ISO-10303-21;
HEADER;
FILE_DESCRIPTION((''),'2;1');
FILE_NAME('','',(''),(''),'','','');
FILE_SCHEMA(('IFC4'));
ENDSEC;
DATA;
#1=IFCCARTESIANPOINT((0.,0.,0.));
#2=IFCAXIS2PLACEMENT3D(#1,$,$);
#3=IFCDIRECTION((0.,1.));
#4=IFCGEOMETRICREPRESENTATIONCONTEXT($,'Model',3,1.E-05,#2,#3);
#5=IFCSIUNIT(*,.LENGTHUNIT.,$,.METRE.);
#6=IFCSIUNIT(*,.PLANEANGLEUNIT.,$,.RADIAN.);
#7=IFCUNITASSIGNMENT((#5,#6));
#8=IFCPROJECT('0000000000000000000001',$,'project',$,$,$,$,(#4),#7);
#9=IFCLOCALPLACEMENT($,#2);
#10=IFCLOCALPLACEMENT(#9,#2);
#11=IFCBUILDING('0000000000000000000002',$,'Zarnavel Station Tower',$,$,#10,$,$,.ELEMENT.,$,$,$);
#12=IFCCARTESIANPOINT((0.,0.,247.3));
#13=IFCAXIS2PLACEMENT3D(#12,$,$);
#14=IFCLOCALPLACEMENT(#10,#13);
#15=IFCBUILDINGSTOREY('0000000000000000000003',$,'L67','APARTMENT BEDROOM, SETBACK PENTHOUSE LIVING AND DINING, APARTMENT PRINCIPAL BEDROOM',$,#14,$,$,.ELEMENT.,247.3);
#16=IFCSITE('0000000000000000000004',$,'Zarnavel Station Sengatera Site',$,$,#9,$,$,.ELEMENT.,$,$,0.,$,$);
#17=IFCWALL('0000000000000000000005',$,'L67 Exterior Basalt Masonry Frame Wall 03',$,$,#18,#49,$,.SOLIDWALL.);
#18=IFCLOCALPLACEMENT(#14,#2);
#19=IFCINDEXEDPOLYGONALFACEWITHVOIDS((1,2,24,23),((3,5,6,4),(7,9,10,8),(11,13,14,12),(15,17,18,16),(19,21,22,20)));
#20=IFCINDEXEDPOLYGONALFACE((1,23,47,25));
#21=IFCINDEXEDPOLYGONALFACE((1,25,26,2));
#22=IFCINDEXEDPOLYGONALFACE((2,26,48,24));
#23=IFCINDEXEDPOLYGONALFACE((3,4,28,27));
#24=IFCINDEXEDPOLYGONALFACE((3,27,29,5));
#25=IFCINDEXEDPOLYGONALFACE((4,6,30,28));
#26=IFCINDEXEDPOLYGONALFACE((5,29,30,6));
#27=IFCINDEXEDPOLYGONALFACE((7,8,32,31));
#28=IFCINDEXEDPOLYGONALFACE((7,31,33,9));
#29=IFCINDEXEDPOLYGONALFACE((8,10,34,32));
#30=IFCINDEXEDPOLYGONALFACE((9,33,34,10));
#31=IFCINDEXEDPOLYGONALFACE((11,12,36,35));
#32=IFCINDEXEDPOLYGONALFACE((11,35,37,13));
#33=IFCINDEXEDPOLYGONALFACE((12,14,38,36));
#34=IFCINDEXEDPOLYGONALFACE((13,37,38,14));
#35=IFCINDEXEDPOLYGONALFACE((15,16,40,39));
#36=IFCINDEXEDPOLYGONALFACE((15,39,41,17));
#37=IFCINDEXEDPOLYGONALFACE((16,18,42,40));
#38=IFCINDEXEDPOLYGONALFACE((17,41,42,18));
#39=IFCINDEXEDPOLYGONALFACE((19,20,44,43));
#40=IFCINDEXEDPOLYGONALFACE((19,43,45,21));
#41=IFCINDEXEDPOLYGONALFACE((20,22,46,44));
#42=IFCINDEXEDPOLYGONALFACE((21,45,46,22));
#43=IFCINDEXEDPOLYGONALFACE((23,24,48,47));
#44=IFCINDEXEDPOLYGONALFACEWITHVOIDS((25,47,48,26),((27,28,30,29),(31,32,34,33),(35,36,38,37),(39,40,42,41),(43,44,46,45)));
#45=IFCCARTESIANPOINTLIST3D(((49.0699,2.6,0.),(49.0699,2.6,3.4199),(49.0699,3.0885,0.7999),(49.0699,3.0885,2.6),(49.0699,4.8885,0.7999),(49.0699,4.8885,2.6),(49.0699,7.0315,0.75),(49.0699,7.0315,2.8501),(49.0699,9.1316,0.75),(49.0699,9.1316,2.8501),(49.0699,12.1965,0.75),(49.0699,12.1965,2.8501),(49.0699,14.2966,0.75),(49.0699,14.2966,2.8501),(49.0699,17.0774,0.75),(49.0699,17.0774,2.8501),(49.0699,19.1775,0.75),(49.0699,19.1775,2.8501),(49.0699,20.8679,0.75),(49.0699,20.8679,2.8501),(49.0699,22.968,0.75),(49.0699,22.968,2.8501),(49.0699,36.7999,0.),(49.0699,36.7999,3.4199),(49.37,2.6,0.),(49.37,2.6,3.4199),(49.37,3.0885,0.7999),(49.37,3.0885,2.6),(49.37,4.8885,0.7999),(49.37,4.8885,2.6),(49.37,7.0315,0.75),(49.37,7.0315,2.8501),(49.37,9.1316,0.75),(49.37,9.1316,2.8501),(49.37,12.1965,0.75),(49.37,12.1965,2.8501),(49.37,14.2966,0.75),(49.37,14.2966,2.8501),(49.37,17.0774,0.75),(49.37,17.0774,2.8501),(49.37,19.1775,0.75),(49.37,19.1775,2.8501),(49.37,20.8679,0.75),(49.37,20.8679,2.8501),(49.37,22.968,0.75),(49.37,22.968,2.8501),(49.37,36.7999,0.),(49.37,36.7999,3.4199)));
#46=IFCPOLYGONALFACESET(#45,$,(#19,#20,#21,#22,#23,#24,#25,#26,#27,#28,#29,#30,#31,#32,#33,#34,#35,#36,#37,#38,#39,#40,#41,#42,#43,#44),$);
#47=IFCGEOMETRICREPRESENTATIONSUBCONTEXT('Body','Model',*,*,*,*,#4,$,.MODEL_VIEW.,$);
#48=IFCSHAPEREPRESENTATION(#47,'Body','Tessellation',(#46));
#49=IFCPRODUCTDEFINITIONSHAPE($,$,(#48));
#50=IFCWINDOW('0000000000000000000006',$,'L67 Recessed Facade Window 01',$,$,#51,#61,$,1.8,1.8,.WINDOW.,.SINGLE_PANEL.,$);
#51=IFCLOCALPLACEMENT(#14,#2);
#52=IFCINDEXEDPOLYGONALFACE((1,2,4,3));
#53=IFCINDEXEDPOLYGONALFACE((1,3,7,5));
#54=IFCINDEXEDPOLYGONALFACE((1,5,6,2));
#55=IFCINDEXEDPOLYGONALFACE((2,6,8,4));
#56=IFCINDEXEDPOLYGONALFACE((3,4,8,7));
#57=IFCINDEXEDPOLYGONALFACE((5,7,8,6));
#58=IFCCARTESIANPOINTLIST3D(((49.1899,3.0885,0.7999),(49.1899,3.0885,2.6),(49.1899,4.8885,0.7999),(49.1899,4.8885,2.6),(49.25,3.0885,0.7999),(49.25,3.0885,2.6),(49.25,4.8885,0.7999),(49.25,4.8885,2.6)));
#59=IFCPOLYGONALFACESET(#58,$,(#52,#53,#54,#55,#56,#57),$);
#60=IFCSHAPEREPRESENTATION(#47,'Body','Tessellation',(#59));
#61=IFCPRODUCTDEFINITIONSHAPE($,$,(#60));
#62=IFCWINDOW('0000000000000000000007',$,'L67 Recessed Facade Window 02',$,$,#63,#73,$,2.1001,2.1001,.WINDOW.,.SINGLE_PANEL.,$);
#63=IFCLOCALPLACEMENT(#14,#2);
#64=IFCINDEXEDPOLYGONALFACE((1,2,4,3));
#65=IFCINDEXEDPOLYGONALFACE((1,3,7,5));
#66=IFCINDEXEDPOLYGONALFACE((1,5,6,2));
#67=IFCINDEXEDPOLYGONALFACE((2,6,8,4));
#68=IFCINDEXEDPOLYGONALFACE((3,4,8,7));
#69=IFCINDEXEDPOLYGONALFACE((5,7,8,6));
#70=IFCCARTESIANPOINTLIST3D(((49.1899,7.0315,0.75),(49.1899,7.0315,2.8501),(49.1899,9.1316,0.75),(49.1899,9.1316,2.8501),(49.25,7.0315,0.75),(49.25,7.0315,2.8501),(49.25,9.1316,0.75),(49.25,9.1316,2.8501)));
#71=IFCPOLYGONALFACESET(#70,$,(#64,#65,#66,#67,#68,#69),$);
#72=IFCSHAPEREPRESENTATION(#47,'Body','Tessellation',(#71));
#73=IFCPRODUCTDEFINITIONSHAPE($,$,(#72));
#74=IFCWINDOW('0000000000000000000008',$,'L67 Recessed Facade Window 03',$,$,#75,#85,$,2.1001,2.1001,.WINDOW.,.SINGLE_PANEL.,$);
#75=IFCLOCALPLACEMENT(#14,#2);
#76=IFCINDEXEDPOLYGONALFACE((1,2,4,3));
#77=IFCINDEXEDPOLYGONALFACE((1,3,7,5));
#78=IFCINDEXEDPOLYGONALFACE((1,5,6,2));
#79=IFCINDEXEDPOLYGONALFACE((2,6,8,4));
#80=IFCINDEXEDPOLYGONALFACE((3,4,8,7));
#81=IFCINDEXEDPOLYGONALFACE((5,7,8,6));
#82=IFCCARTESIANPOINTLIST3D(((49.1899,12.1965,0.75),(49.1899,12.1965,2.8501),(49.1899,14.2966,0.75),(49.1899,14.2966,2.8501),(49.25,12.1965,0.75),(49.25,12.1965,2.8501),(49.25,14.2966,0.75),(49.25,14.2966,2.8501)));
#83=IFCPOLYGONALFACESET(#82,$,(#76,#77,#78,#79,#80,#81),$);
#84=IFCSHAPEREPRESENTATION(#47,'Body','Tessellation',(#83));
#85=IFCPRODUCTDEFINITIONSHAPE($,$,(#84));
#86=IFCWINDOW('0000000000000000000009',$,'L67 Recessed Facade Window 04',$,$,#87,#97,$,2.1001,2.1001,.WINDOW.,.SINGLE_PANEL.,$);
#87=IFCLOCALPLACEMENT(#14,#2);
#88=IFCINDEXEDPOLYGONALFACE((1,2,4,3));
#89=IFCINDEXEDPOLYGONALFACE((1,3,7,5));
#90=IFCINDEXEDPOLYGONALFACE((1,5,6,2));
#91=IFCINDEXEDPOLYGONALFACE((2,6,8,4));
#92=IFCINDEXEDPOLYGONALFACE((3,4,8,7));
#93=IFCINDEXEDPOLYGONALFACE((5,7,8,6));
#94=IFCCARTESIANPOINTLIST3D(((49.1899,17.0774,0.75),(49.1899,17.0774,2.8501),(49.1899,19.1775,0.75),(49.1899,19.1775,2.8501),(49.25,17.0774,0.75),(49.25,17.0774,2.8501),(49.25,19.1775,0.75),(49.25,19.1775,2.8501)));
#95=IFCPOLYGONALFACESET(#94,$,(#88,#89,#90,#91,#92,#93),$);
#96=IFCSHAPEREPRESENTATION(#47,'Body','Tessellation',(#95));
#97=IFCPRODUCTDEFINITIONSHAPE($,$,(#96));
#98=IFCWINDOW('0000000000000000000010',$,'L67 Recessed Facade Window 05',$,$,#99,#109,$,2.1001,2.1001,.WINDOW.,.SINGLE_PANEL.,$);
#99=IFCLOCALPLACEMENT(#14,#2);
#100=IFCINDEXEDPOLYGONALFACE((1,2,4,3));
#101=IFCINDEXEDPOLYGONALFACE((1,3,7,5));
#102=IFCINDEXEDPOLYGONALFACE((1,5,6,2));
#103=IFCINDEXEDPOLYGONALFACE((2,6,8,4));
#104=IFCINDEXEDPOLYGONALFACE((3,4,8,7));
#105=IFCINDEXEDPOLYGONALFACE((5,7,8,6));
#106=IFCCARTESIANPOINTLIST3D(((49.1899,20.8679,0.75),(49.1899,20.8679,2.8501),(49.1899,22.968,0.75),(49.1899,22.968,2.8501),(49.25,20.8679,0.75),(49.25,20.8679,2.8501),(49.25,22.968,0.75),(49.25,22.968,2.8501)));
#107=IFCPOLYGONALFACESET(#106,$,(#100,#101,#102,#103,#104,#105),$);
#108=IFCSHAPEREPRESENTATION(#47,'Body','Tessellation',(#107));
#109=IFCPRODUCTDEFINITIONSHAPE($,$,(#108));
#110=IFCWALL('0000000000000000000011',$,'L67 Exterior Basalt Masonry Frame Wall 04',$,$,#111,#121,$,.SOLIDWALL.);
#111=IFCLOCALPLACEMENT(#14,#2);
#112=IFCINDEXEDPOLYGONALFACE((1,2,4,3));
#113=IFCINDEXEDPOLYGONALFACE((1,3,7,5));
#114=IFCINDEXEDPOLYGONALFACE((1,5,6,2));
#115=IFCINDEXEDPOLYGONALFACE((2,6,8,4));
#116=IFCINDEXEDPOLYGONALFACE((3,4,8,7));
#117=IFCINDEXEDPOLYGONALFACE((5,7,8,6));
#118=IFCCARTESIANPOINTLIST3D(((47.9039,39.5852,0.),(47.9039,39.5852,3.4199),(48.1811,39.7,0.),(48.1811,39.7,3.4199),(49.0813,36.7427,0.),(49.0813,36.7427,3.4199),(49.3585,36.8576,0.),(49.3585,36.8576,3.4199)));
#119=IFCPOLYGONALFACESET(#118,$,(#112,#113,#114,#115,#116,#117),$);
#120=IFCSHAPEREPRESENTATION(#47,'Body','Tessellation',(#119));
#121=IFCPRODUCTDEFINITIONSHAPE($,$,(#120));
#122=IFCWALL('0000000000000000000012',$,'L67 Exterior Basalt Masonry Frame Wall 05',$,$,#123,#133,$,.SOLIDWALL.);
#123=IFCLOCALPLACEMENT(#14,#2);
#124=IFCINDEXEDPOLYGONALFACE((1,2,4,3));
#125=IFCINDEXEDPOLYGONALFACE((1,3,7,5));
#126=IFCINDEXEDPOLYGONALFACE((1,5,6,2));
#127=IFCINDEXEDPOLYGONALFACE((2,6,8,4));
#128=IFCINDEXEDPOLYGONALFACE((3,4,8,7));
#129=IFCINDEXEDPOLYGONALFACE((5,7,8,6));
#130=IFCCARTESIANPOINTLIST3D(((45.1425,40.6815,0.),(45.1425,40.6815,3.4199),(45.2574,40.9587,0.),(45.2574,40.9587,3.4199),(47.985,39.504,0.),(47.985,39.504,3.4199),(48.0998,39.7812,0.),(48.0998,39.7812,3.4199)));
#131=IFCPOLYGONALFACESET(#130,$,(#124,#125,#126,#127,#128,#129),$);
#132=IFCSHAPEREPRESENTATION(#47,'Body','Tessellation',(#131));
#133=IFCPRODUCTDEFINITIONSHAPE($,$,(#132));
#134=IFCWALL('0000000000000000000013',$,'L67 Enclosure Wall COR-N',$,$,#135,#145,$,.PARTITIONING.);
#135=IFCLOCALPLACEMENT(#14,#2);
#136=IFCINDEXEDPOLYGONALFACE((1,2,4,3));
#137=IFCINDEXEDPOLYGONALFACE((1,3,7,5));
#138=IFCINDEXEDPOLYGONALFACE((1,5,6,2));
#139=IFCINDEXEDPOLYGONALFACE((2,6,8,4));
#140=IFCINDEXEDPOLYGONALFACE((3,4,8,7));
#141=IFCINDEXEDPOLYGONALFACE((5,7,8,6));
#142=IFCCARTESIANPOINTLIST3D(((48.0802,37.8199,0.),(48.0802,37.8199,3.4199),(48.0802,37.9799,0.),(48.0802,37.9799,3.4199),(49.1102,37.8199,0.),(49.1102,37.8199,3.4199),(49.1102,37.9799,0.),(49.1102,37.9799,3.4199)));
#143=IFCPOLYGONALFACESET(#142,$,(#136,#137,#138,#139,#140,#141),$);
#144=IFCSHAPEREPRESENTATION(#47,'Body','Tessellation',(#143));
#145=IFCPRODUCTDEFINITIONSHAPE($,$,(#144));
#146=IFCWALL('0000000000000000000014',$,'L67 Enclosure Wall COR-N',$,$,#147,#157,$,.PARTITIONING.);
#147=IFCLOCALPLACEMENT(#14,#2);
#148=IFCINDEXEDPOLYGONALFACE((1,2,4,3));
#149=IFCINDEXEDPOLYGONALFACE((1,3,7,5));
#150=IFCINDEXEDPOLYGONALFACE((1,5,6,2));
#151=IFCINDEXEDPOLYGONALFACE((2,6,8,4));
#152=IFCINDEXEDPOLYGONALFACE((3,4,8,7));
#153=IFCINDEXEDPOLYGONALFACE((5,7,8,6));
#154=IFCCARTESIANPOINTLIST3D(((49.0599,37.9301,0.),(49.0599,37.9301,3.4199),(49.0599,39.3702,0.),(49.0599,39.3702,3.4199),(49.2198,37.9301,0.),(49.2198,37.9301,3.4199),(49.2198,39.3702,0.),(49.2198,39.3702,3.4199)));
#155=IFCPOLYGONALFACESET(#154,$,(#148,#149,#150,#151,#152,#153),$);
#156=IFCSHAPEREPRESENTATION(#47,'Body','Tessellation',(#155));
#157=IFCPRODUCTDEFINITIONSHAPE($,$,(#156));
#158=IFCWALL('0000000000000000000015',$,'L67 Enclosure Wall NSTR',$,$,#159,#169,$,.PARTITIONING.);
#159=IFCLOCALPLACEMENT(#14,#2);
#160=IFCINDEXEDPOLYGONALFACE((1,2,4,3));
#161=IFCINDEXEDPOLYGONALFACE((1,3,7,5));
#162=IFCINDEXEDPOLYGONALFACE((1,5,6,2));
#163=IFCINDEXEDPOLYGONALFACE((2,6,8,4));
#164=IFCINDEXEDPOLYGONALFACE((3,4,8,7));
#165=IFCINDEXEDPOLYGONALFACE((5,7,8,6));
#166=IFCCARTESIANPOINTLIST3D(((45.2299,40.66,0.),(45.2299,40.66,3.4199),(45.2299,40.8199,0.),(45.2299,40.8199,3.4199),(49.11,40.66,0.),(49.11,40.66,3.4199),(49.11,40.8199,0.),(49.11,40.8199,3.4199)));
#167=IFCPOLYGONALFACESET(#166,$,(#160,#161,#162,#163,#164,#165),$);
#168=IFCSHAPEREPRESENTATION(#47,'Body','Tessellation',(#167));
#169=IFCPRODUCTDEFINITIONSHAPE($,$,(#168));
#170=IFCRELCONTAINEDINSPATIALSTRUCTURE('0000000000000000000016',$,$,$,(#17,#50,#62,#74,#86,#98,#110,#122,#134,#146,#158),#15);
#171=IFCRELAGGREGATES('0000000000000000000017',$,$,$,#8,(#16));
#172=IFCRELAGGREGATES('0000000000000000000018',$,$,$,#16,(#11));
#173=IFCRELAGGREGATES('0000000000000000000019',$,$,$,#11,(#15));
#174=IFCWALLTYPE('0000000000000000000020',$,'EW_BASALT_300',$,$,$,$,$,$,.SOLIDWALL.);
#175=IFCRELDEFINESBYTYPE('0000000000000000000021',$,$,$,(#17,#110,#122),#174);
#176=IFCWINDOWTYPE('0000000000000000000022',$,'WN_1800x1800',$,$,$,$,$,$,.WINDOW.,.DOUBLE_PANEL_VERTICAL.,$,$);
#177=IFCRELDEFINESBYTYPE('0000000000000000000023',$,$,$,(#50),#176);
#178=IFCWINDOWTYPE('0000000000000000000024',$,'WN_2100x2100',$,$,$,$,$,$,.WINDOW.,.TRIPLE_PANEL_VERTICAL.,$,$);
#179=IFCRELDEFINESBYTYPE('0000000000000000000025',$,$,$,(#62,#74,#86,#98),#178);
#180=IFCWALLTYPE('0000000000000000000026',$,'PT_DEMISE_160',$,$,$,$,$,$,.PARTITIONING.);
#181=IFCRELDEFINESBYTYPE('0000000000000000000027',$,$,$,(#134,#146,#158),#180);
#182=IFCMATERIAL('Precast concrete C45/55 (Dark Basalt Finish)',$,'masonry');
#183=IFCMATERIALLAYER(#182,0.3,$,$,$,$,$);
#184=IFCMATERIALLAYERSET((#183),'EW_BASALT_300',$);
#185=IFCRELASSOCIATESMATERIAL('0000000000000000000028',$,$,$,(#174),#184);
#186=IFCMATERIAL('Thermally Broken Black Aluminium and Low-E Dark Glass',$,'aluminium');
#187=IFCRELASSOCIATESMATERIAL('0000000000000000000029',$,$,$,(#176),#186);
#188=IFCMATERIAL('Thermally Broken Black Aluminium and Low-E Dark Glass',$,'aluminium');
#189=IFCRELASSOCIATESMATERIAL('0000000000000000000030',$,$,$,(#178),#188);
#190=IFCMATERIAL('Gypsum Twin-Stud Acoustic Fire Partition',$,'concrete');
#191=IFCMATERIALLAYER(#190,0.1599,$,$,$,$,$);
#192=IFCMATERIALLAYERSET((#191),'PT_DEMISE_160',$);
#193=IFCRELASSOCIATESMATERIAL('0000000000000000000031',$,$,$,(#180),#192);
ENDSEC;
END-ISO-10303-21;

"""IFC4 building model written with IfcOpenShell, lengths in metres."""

from ifc_helpers import new_model, si_unit, direction, frame, frame_2d, origin, place, context, subcontext, project, spatial, rectangle, extrude, material, layer, layer_set, type_object, element, fill, save


model = new_model("IFC4")

# Units and contexts
model_context = context("Model", 3, precision=1e-05, world=origin(), true_north=direction((0.0, 1.0)))
body_context = subcontext(model_context, "Body", "Model", "MODEL_VIEW")
ifc_project = project(units=[si_unit("LENGTHUNIT", "METRE"), si_unit("PLANEANGLEUNIT", "RADIAN")], contexts=[model_context])

# Site, building, storey
site_placement = place(None, origin())
site = spatial("IfcSite", under=ifc_project, at=site_placement, Name="Zarnavel Station Sengatera Site", CompositionType="ELEMENT", RefElevation=0.0)
building_placement = place(site_placement, origin())
building = spatial("IfcBuilding", under=site, at=building_placement, Name="Zarnavel Station Tower", CompositionType="ELEMENT")
storey_placement = place(building_placement, frame((0.0, 0.0, 247.3)))
storey = spatial("IfcBuildingStorey", under=building, at=storey_placement, Name="L67", Description="APARTMENT BEDROOM, SETBACK PENTHOUSE LIVING AND DINING, APARTMENT PRINCIPAL BEDROOM", CompositionType="ELEMENT", Elevation=247.3)

# Wall, openings, windows
ifc_material_1 = material(Name="Precast concrete C45/55 (Dark Basalt Finish)", Category="masonry")
ifc_layer_1 = layer(ifc_material_1, 0.3)
ifc_layer_set_1 = layer_set([ifc_layer_1], Name="EW_BASALT_300")
wall_type_1 = type_object("IfcWallType", Name="EW_BASALT_300", PredefinedType="SOLIDWALL", material=ifc_layer_set_1)
wall_1_placement = place(storey_placement, frame((49.22, 36.8, 0.0), z_axis=(0.0, 0.0, 1.0), x_axis=(0.0, -1.0, 0.0)))
wall_1 = element("IfcWall", 1, at=wall_1_placement, inside=storey, type_object=wall_type_1, Name="L67 Exterior Basalt Masonry Frame Wall 03", PredefinedType="SOLIDWALL", context=body_context, shape_type="SweptSolid", body=[
    extrude(rectangle(XDim=34.2, YDim=0.3, at=frame_2d((17.1001, 0.0))), origin(), (0.0, 0.0, 1.0), 3.4199),
])
opening_1_placement = place(wall_1_placement, frame((31.9116, 0.0, 0.8)))
opening_1 = element("IfcOpeningElement", 2, at=opening_1_placement, cuts=wall_1, PredefinedType="OPENING", context=body_context, shape_type="SweptSolid", body=[
    extrude(rectangle(XDim=1.8, YDim=1.8, at=frame_2d((0.8999, 0.8999))), frame((0.0, 0.1599, 0.0), z_axis=(0.0, -1.0, 0.0), x_axis=(1.0, 0.0, 0.0)), (0.0, 0.0, 1.0), 0.3201),
])
opening_2_placement = place(wall_1_placement, frame((27.6685, 0.0, 0.75)))
opening_2 = element("IfcOpeningElement", 3, at=opening_2_placement, cuts=wall_1, PredefinedType="OPENING", context=body_context, shape_type="SweptSolid", body=[
    extrude(rectangle(XDim=2.1001, YDim=2.1001, at=frame_2d((1.05, 1.05))), frame((0.0, 0.1599, 0.0), z_axis=(0.0, -1.0, 0.0), x_axis=(1.0, 0.0, 0.0)), (0.0, 0.0, 1.0), 0.3201),
])
opening_3_placement = place(wall_1_placement, frame((22.5034, 0.0, 0.75)))
opening_3 = element("IfcOpeningElement", 4, at=opening_3_placement, cuts=wall_1, PredefinedType="OPENING", context=body_context, shape_type="SweptSolid", body=[
    extrude(rectangle(XDim=2.1001, YDim=2.1001, at=frame_2d((1.05, 1.05))), frame((0.0, 0.1599, 0.0), z_axis=(0.0, -1.0, 0.0), x_axis=(1.0, 0.0, 0.0)), (0.0, 0.0, 1.0), 0.3201),
])
opening_4_placement = place(wall_1_placement, frame((17.6226, 0.0, 0.75)))
opening_4 = element("IfcOpeningElement", 5, at=opening_4_placement, cuts=wall_1, PredefinedType="OPENING", context=body_context, shape_type="SweptSolid", body=[
    extrude(rectangle(XDim=2.1001, YDim=2.1001, at=frame_2d((1.05, 1.05))), frame((0.0, 0.1599, 0.0), z_axis=(0.0, -1.0, 0.0), x_axis=(1.0, 0.0, 0.0)), (0.0, 0.0, 1.0), 0.3201),
])
opening_5_placement = place(wall_1_placement, frame((13.832, 0.0, 0.75)))
opening_5 = element("IfcOpeningElement", 6, at=opening_5_placement, cuts=wall_1, PredefinedType="OPENING", context=body_context, shape_type="SweptSolid", body=[
    extrude(rectangle(XDim=2.1001, YDim=2.1001, at=frame_2d((1.05, 1.05))), frame((0.0, 0.1599, 0.0), z_axis=(0.0, -1.0, 0.0), x_axis=(1.0, 0.0, 0.0)), (0.0, 0.0, 1.0), 0.3201),
])
ifc_material_2 = material(Name="Thermally Broken Black Aluminium and Low-E Dark Glass", Category="aluminium")
window_type_1 = type_object("IfcWindowType", Name="WN_1800x1800", PartitioningType="DOUBLE_PANEL_VERTICAL", PredefinedType="WINDOW", material=ifc_material_2)
window_1_placement = place(opening_1_placement, origin())
window_1 = element("IfcWindow", 7, at=window_1_placement, inside=storey, type_object=window_type_1, Name="L67 Recessed Facade Window 01", OverallHeight=1.8, OverallWidth=1.8, PartitioningType="SINGLE_PANEL", PredefinedType="WINDOW", context=body_context, shape_type="SweptSolid", body=[
    extrude(rectangle(XDim=1.8, YDim=1.8, at=frame_2d((0.8999, 0.8999))), frame((0.0, 0.03, 0.0), z_axis=(0.0, -1.0, 0.0), x_axis=(1.0, 0.0, 0.0)), (0.0, 0.0, 1.0), 0.0601),
])
fill(opening_1, window_1)
ifc_material_3 = material(Name="Thermally Broken Black Aluminium and Low-E Dark Glass", Category="aluminium")
window_type_2 = type_object("IfcWindowType", Name="WN_2100x2100", PartitioningType="TRIPLE_PANEL_VERTICAL", PredefinedType="WINDOW", material=ifc_material_3)
window_2_placement = place(opening_2_placement, origin())
window_2 = element("IfcWindow", 8, at=window_2_placement, inside=storey, type_object=window_type_2, Name="L67 Recessed Facade Window 02", OverallHeight=2.1001, OverallWidth=2.1001, PartitioningType="SINGLE_PANEL", PredefinedType="WINDOW", context=body_context, shape_type="SweptSolid", body=[
    extrude(rectangle(XDim=2.1001, YDim=2.1001, at=frame_2d((1.05, 1.05))), frame((0.0, 0.03, 0.0), z_axis=(0.0, -1.0, 0.0), x_axis=(1.0, 0.0, 0.0)), (0.0, 0.0, 1.0), 0.0601),
])
fill(opening_2, window_2)
window_3_placement = place(opening_3_placement, origin())
window_3 = element("IfcWindow", 9, at=window_3_placement, inside=storey, type_object=window_type_2, Name="L67 Recessed Facade Window 03", OverallHeight=2.1001, OverallWidth=2.1001, PartitioningType="SINGLE_PANEL", PredefinedType="WINDOW", context=body_context, shape_type="SweptSolid", body=[
    extrude(rectangle(XDim=2.1001, YDim=2.1001, at=frame_2d((1.05, 1.05))), frame((0.0, 0.03, 0.0), z_axis=(0.0, -1.0, 0.0), x_axis=(1.0, 0.0, 0.0)), (0.0, 0.0, 1.0), 0.0601),
])
fill(opening_3, window_3)
window_4_placement = place(opening_4_placement, origin())
window_4 = element("IfcWindow", 10, at=window_4_placement, inside=storey, type_object=window_type_2, Name="L67 Recessed Facade Window 04", OverallHeight=2.1001, OverallWidth=2.1001, PartitioningType="SINGLE_PANEL", PredefinedType="WINDOW", context=body_context, shape_type="SweptSolid", body=[
    extrude(rectangle(XDim=2.1001, YDim=2.1001, at=frame_2d((1.05, 1.05))), frame((0.0, 0.03, 0.0), z_axis=(0.0, -1.0, 0.0), x_axis=(1.0, 0.0, 0.0)), (0.0, 0.0, 1.0), 0.0601),
])
fill(opening_4, window_4)
window_5_placement = place(opening_5_placement, origin())
window_5 = element("IfcWindow", 11, at=window_5_placement, inside=storey, type_object=window_type_2, Name="L67 Recessed Facade Window 05", OverallHeight=2.1001, OverallWidth=2.1001, PartitioningType="SINGLE_PANEL", PredefinedType="WINDOW", context=body_context, shape_type="SweptSolid", body=[
    extrude(rectangle(XDim=2.1001, YDim=2.1001, at=frame_2d((1.05, 1.05))), frame((0.0, 0.03, 0.0), z_axis=(0.0, -1.0, 0.0), x_axis=(1.0, 0.0, 0.0)), (0.0, 0.0, 1.0), 0.0601),
])
fill(opening_5, window_5)

# Walls
for number, where, z_axis, x_axis, name in (
    (12, (48.0425, 39.6426, 0.0), (0.0, 0.0, 1.0), (0.382705, -0.923871, 0.0), "L67 Exterior Basalt Masonry Frame Wall 04"),
    (13, (45.2, 40.8201, 0.0), (0.0, 0.0, 1.0), (0.923871, -0.382705, 0.0), "L67 Exterior Basalt Masonry Frame Wall 05"),
):
    element("IfcWall", number, at=place(storey_placement, frame(where, z_axis=z_axis, x_axis=x_axis)), inside=storey, type_object=wall_type_1, Name=name, PredefinedType="SOLIDWALL", context=body_context, shape_type="SweptSolid", body=[
        extrude(rectangle(XDim=3.0767, YDim=0.3, at=frame_2d((1.5383, 0.0))), origin(), (0.0, 0.0, 1.0), 3.4199),
    ])
ifc_material_4 = material(Name="Gypsum Twin-Stud Acoustic Fire Partition", Category="concrete")
ifc_layer_2 = layer(ifc_material_4, 0.1599)
ifc_layer_set_2 = layer_set([ifc_layer_2], Name="PT_DEMISE_160")
wall_type_2 = type_object("IfcWallType", Name="PT_DEMISE_160", PredefinedType="PARTITIONING", material=ifc_layer_set_2)
wall_2_placement = place(storey_placement, frame((48.0801, 37.8999, 0.0), z_axis=(0.0, 0.0, 1.0), x_axis=(1.0, 0.0, 0.0)))
element("IfcWall", 14, at=wall_2_placement, inside=storey, type_object=wall_type_2, Name="L67 Enclosure Wall COR-N", PredefinedType="PARTITIONING", context=body_context, shape_type="SweptSolid", body=[
    extrude(rectangle(XDim=1.03, YDim=0.1599, at=frame_2d((0.5151, 0.0))), origin(), (0.0, 0.0, 1.0), 3.4199),
])
wall_3_placement = place(storey_placement, frame((49.1399, 37.9299, 0.0), z_axis=(0.0, 0.0, 1.0), x_axis=(0.0, 1.0, 0.0)))
element("IfcWall", 15, at=wall_3_placement, inside=storey, type_object=wall_type_2, Name="L67 Enclosure Wall COR-N", PredefinedType="PARTITIONING", context=body_context, shape_type="SweptSolid", body=[
    extrude(rectangle(XDim=1.4402, YDim=0.1599, at=frame_2d((0.7202, 0.0))), origin(), (0.0, 0.0, 1.0), 3.4199),
])
wall_4_placement = place(storey_placement, frame((45.23, 40.74, 0.0), z_axis=(0.0, 0.0, 1.0), x_axis=(1.0, 0.0, 0.0)))
element("IfcWall", 16, at=wall_4_placement, inside=storey, type_object=wall_type_2, Name="L67 Enclosure Wall NSTR", PredefinedType="PARTITIONING", context=body_context, shape_type="SweptSolid", body=[
    extrude(rectangle(XDim=3.8801, YDim=0.1599, at=frame_2d((1.9399, 0.0))), origin(), (0.0, 0.0, 1.0), 3.4199),
])

save(model, "model.ifc")
